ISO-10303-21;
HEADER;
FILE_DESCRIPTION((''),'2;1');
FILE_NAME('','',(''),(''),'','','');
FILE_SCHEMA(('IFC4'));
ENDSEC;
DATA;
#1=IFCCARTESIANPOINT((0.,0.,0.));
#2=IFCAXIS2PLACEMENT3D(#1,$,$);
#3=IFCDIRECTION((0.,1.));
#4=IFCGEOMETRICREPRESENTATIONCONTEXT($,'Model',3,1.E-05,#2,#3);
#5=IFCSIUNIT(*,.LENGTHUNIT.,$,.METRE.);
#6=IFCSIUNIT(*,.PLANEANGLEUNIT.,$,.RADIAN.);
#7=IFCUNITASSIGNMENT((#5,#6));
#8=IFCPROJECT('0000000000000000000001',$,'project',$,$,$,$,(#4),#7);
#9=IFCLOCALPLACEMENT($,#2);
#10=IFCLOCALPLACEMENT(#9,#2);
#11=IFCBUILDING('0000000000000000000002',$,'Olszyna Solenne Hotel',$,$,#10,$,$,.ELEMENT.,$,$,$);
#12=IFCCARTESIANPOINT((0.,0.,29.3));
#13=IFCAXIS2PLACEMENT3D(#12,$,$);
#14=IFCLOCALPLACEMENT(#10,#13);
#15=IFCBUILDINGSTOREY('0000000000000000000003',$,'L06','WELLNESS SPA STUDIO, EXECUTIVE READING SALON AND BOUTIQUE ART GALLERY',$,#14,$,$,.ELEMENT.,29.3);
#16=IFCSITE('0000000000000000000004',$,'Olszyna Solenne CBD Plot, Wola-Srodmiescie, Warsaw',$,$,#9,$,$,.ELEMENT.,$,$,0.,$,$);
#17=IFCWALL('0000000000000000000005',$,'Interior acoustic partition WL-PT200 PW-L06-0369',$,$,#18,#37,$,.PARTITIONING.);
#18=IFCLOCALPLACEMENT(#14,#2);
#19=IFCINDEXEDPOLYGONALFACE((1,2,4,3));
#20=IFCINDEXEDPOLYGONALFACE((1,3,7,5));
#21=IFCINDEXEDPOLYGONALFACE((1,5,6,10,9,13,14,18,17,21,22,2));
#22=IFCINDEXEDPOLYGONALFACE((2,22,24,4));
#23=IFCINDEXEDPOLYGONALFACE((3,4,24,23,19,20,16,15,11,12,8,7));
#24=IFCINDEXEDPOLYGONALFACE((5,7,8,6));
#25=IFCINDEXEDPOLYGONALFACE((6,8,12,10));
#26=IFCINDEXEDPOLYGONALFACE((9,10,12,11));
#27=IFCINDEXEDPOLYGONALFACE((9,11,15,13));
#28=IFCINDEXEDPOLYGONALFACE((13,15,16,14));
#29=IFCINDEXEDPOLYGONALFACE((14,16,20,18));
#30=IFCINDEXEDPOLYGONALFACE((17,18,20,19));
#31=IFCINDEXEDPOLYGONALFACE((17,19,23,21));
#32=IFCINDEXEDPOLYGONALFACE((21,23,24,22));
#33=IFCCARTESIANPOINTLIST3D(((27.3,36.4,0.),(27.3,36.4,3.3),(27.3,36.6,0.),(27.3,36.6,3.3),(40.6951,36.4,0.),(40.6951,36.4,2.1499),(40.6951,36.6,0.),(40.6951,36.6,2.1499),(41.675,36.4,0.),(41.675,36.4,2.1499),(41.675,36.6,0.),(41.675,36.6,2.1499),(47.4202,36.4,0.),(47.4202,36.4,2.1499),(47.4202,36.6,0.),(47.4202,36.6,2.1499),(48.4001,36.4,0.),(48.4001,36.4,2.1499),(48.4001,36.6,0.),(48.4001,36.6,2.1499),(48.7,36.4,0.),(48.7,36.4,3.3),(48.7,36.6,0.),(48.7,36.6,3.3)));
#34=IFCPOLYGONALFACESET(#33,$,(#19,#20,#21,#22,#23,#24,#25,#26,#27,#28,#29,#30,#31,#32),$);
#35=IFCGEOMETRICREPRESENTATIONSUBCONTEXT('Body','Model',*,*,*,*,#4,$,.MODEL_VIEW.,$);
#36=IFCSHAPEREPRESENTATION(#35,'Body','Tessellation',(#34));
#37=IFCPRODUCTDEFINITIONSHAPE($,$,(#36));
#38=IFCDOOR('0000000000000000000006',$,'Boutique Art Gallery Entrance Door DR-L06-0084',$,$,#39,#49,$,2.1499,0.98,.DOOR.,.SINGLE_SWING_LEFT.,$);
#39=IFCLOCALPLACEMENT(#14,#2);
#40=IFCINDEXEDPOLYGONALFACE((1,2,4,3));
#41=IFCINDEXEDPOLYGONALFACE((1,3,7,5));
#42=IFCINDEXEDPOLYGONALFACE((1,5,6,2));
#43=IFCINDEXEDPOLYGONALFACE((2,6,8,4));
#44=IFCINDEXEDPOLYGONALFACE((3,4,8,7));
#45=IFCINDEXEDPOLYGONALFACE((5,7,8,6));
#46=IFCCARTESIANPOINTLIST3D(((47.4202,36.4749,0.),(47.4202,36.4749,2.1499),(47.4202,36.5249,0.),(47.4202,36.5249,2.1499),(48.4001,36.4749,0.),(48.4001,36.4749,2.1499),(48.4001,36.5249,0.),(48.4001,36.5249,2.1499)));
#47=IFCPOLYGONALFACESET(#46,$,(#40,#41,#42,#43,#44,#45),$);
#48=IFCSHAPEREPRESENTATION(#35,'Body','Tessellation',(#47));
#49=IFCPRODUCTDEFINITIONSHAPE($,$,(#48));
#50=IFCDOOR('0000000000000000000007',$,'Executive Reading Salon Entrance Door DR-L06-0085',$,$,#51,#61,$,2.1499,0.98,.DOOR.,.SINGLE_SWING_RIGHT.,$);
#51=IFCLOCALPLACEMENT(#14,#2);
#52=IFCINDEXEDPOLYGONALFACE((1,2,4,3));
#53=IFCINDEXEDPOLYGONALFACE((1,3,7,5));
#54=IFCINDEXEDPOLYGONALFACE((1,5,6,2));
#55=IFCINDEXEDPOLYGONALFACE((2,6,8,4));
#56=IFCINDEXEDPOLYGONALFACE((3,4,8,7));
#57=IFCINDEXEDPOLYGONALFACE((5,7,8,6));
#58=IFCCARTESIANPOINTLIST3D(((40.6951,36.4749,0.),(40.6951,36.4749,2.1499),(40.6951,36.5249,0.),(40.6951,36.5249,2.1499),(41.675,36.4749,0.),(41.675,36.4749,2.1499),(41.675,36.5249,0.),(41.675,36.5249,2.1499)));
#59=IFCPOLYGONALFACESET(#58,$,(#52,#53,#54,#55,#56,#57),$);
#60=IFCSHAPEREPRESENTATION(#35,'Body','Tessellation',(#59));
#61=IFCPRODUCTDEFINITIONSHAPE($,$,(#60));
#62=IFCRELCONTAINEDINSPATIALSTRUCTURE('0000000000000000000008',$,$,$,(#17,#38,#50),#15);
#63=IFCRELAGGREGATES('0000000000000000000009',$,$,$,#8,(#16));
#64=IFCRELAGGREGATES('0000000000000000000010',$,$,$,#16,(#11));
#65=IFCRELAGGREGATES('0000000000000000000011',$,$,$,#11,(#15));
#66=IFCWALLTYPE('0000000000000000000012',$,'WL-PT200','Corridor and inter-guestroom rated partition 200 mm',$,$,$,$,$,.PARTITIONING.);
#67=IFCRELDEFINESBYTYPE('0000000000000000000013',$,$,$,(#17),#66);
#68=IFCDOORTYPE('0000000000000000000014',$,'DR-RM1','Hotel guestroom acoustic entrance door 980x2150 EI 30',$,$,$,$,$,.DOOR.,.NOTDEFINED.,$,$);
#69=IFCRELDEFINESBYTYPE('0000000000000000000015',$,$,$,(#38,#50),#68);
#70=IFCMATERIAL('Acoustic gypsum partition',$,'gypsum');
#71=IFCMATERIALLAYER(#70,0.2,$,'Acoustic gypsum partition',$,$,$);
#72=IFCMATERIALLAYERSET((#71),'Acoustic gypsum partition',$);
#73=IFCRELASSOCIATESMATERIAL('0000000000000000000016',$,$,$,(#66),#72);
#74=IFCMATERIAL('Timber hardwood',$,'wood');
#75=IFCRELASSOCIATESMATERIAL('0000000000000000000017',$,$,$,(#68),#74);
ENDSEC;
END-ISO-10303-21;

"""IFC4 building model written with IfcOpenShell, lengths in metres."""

from ifc_helpers import new_model, si_unit, direction, frame, frame_2d, origin, place, context, subcontext, project, spatial, rectangle, extrude, source, transform, mapped, material, layer, layer_set, type_object, type_shapes, element, fill, save


model = new_model("IFC4")

# Units and contexts
model_context = context("Model", 3, precision=1e-05, world=origin(), true_north=direction((0.0, 1.0)))
body_context = subcontext(model_context, "Body", "Model", "MODEL_VIEW")
ifc_project = project(units=[si_unit("LENGTHUNIT", "METRE"), si_unit("PLANEANGLEUNIT", "RADIAN")], contexts=[model_context])

# Site, building, storey
site_placement = place(None, origin())
site = spatial("IfcSite", under=ifc_project, at=site_placement, Name="Olszyna Solenne CBD Plot, Wola-Srodmiescie, Warsaw", CompositionType="ELEMENT", RefElevation=0.0)
building_placement = place(site_placement, origin())
building = spatial("IfcBuilding", under=site, at=building_placement, Name="Olszyna Solenne Hotel", CompositionType="ELEMENT")
storey_placement = place(building_placement, frame((0.0, 0.0, 29.3)))
storey = spatial("IfcBuildingStorey", under=building, at=storey_placement, Name="L06", Description="WELLNESS SPA STUDIO, EXECUTIVE READING SALON AND BOUTIQUE ART GALLERY", CompositionType="ELEMENT", Elevation=29.3)

# Shared definitions
ifc_material_1 = material(Name="Acoustic gypsum partition", Category="gypsum")

# Shared definitions
ifc_layer_1 = layer(ifc_material_1, 0.2, Name="Acoustic gypsum partition")
ifc_layer_set_1 = layer_set([ifc_layer_1], Name="Acoustic gypsum partition")
wall_type_1 = type_object("IfcWallType", Name="WL-PT200", Description="Corridor and inter-guestroom rated partition 200 mm", PredefinedType="PARTITIONING", material=ifc_layer_set_1)

# Wall, openings, doors
wall_1_placement = place(storey_placement, frame((27.3, 36.5, 0.0), z_axis=(0.0, 0.0, 1.0), x_axis=(1.0, 0.0, 0.0)))
wall_1 = element("IfcWall", 1, at=wall_1_placement, inside=storey, type_object=wall_type_1, Name="Interior acoustic partition WL-PT200 PW-L06-0369", PredefinedType="PARTITIONING", context=body_context, shape_type="SweptSolid", body=[
    extrude(rectangle(XDim=21.3999, YDim=0.2, at=frame_2d((10.7, 0.0))), origin(), (0.0, 0.0, 1.0), 3.3),
])
opening_1_placement = place(wall_1_placement, frame((20.1201, 0.0, 0.0)))
opening_1 = element("IfcOpeningElement", 2, at=opening_1_placement, cuts=wall_1, PredefinedType="OPENING", context=body_context, shape_type="SweptSolid", body=[
    extrude(rectangle(XDim=0.98, YDim=2.1499, at=frame_2d((0.49, 1.075))), frame((0.0, 0.1099, 0.0), z_axis=(0.0, -1.0, 0.0), x_axis=(1.0, 0.0, 0.0)), (0.0, 0.0, 1.0), 0.22),
])
opening_2_placement = place(wall_1_placement, frame((13.395, 0.0, 0.0)))
opening_2 = element("IfcOpeningElement", 3, at=opening_2_placement, cuts=wall_1, PredefinedType="OPENING", context=body_context, shape_type="SweptSolid", body=[
    extrude(rectangle(XDim=0.98, YDim=2.1499, at=frame_2d((0.49, 1.075))), frame((0.0, 0.1099, 0.0), z_axis=(0.0, -1.0, 0.0), x_axis=(1.0, 0.0, 0.0)), (0.0, 0.0, 1.0), 0.22),
])
ifc_material_2 = material(Name="Timber hardwood", Category="wood")
door_type_1 = type_object("IfcDoorType", Name="DR-RM1", Description="Hotel guestroom acoustic entrance door 980x2150 EI 30", OperationType="NOTDEFINED", PredefinedType="DOOR", material=ifc_material_2)
shared_shape_1 = source(origin(), body_context, "Body", "SweptSolid", [
    extrude(rectangle(XDim=0.98, YDim=2.1499, at=frame_2d((0.49, 1.075))), frame((0.0, 0.0249, 0.0), z_axis=(0.0, -1.0, 0.0), x_axis=(1.0, 0.0, 0.0)), (0.0, 0.0, 1.0), 0.05),
])
type_shapes(door_type_1, [shared_shape_1])
door_1_placement = place(opening_1_placement, origin())
door_1 = element("IfcDoor", 4, at=door_1_placement, inside=storey, type_object=door_type_1, Name="Boutique Art Gallery Entrance Door DR-L06-0084", OperationType="SINGLE_SWING_LEFT", OverallHeight=2.1499, OverallWidth=0.98, PredefinedType="DOOR", context=body_context, shape_type="MappedRepresentation", body=[
    mapped(shared_shape_1, transform((0.0, 0.0, 0.0), x_axis=(1.0, 0.0, 0.0), y_axis=(0.0, 1.0, 0.0), z_axis=(0.0, 0.0, 1.0), scale=1.0)),
])
fill(opening_1, door_1)
door_2_placement = place(opening_2_placement, origin())
door_2 = element("IfcDoor", 5, at=door_2_placement, inside=storey, type_object=door_type_1, Name="Executive Reading Salon Entrance Door DR-L06-0085", OperationType="SINGLE_SWING_RIGHT", OverallHeight=2.1499, OverallWidth=0.98, PredefinedType="DOOR", context=body_context, shape_type="MappedRepresentation", body=[
    mapped(shared_shape_1, transform((0.0, 0.0, 0.0), x_axis=(1.0, 0.0, 0.0), y_axis=(0.0, 1.0, 0.0), z_axis=(0.0, 0.0, 1.0), scale=1.0)),
])
fill(opening_2, door_2)

save(model, "model.ifc")
